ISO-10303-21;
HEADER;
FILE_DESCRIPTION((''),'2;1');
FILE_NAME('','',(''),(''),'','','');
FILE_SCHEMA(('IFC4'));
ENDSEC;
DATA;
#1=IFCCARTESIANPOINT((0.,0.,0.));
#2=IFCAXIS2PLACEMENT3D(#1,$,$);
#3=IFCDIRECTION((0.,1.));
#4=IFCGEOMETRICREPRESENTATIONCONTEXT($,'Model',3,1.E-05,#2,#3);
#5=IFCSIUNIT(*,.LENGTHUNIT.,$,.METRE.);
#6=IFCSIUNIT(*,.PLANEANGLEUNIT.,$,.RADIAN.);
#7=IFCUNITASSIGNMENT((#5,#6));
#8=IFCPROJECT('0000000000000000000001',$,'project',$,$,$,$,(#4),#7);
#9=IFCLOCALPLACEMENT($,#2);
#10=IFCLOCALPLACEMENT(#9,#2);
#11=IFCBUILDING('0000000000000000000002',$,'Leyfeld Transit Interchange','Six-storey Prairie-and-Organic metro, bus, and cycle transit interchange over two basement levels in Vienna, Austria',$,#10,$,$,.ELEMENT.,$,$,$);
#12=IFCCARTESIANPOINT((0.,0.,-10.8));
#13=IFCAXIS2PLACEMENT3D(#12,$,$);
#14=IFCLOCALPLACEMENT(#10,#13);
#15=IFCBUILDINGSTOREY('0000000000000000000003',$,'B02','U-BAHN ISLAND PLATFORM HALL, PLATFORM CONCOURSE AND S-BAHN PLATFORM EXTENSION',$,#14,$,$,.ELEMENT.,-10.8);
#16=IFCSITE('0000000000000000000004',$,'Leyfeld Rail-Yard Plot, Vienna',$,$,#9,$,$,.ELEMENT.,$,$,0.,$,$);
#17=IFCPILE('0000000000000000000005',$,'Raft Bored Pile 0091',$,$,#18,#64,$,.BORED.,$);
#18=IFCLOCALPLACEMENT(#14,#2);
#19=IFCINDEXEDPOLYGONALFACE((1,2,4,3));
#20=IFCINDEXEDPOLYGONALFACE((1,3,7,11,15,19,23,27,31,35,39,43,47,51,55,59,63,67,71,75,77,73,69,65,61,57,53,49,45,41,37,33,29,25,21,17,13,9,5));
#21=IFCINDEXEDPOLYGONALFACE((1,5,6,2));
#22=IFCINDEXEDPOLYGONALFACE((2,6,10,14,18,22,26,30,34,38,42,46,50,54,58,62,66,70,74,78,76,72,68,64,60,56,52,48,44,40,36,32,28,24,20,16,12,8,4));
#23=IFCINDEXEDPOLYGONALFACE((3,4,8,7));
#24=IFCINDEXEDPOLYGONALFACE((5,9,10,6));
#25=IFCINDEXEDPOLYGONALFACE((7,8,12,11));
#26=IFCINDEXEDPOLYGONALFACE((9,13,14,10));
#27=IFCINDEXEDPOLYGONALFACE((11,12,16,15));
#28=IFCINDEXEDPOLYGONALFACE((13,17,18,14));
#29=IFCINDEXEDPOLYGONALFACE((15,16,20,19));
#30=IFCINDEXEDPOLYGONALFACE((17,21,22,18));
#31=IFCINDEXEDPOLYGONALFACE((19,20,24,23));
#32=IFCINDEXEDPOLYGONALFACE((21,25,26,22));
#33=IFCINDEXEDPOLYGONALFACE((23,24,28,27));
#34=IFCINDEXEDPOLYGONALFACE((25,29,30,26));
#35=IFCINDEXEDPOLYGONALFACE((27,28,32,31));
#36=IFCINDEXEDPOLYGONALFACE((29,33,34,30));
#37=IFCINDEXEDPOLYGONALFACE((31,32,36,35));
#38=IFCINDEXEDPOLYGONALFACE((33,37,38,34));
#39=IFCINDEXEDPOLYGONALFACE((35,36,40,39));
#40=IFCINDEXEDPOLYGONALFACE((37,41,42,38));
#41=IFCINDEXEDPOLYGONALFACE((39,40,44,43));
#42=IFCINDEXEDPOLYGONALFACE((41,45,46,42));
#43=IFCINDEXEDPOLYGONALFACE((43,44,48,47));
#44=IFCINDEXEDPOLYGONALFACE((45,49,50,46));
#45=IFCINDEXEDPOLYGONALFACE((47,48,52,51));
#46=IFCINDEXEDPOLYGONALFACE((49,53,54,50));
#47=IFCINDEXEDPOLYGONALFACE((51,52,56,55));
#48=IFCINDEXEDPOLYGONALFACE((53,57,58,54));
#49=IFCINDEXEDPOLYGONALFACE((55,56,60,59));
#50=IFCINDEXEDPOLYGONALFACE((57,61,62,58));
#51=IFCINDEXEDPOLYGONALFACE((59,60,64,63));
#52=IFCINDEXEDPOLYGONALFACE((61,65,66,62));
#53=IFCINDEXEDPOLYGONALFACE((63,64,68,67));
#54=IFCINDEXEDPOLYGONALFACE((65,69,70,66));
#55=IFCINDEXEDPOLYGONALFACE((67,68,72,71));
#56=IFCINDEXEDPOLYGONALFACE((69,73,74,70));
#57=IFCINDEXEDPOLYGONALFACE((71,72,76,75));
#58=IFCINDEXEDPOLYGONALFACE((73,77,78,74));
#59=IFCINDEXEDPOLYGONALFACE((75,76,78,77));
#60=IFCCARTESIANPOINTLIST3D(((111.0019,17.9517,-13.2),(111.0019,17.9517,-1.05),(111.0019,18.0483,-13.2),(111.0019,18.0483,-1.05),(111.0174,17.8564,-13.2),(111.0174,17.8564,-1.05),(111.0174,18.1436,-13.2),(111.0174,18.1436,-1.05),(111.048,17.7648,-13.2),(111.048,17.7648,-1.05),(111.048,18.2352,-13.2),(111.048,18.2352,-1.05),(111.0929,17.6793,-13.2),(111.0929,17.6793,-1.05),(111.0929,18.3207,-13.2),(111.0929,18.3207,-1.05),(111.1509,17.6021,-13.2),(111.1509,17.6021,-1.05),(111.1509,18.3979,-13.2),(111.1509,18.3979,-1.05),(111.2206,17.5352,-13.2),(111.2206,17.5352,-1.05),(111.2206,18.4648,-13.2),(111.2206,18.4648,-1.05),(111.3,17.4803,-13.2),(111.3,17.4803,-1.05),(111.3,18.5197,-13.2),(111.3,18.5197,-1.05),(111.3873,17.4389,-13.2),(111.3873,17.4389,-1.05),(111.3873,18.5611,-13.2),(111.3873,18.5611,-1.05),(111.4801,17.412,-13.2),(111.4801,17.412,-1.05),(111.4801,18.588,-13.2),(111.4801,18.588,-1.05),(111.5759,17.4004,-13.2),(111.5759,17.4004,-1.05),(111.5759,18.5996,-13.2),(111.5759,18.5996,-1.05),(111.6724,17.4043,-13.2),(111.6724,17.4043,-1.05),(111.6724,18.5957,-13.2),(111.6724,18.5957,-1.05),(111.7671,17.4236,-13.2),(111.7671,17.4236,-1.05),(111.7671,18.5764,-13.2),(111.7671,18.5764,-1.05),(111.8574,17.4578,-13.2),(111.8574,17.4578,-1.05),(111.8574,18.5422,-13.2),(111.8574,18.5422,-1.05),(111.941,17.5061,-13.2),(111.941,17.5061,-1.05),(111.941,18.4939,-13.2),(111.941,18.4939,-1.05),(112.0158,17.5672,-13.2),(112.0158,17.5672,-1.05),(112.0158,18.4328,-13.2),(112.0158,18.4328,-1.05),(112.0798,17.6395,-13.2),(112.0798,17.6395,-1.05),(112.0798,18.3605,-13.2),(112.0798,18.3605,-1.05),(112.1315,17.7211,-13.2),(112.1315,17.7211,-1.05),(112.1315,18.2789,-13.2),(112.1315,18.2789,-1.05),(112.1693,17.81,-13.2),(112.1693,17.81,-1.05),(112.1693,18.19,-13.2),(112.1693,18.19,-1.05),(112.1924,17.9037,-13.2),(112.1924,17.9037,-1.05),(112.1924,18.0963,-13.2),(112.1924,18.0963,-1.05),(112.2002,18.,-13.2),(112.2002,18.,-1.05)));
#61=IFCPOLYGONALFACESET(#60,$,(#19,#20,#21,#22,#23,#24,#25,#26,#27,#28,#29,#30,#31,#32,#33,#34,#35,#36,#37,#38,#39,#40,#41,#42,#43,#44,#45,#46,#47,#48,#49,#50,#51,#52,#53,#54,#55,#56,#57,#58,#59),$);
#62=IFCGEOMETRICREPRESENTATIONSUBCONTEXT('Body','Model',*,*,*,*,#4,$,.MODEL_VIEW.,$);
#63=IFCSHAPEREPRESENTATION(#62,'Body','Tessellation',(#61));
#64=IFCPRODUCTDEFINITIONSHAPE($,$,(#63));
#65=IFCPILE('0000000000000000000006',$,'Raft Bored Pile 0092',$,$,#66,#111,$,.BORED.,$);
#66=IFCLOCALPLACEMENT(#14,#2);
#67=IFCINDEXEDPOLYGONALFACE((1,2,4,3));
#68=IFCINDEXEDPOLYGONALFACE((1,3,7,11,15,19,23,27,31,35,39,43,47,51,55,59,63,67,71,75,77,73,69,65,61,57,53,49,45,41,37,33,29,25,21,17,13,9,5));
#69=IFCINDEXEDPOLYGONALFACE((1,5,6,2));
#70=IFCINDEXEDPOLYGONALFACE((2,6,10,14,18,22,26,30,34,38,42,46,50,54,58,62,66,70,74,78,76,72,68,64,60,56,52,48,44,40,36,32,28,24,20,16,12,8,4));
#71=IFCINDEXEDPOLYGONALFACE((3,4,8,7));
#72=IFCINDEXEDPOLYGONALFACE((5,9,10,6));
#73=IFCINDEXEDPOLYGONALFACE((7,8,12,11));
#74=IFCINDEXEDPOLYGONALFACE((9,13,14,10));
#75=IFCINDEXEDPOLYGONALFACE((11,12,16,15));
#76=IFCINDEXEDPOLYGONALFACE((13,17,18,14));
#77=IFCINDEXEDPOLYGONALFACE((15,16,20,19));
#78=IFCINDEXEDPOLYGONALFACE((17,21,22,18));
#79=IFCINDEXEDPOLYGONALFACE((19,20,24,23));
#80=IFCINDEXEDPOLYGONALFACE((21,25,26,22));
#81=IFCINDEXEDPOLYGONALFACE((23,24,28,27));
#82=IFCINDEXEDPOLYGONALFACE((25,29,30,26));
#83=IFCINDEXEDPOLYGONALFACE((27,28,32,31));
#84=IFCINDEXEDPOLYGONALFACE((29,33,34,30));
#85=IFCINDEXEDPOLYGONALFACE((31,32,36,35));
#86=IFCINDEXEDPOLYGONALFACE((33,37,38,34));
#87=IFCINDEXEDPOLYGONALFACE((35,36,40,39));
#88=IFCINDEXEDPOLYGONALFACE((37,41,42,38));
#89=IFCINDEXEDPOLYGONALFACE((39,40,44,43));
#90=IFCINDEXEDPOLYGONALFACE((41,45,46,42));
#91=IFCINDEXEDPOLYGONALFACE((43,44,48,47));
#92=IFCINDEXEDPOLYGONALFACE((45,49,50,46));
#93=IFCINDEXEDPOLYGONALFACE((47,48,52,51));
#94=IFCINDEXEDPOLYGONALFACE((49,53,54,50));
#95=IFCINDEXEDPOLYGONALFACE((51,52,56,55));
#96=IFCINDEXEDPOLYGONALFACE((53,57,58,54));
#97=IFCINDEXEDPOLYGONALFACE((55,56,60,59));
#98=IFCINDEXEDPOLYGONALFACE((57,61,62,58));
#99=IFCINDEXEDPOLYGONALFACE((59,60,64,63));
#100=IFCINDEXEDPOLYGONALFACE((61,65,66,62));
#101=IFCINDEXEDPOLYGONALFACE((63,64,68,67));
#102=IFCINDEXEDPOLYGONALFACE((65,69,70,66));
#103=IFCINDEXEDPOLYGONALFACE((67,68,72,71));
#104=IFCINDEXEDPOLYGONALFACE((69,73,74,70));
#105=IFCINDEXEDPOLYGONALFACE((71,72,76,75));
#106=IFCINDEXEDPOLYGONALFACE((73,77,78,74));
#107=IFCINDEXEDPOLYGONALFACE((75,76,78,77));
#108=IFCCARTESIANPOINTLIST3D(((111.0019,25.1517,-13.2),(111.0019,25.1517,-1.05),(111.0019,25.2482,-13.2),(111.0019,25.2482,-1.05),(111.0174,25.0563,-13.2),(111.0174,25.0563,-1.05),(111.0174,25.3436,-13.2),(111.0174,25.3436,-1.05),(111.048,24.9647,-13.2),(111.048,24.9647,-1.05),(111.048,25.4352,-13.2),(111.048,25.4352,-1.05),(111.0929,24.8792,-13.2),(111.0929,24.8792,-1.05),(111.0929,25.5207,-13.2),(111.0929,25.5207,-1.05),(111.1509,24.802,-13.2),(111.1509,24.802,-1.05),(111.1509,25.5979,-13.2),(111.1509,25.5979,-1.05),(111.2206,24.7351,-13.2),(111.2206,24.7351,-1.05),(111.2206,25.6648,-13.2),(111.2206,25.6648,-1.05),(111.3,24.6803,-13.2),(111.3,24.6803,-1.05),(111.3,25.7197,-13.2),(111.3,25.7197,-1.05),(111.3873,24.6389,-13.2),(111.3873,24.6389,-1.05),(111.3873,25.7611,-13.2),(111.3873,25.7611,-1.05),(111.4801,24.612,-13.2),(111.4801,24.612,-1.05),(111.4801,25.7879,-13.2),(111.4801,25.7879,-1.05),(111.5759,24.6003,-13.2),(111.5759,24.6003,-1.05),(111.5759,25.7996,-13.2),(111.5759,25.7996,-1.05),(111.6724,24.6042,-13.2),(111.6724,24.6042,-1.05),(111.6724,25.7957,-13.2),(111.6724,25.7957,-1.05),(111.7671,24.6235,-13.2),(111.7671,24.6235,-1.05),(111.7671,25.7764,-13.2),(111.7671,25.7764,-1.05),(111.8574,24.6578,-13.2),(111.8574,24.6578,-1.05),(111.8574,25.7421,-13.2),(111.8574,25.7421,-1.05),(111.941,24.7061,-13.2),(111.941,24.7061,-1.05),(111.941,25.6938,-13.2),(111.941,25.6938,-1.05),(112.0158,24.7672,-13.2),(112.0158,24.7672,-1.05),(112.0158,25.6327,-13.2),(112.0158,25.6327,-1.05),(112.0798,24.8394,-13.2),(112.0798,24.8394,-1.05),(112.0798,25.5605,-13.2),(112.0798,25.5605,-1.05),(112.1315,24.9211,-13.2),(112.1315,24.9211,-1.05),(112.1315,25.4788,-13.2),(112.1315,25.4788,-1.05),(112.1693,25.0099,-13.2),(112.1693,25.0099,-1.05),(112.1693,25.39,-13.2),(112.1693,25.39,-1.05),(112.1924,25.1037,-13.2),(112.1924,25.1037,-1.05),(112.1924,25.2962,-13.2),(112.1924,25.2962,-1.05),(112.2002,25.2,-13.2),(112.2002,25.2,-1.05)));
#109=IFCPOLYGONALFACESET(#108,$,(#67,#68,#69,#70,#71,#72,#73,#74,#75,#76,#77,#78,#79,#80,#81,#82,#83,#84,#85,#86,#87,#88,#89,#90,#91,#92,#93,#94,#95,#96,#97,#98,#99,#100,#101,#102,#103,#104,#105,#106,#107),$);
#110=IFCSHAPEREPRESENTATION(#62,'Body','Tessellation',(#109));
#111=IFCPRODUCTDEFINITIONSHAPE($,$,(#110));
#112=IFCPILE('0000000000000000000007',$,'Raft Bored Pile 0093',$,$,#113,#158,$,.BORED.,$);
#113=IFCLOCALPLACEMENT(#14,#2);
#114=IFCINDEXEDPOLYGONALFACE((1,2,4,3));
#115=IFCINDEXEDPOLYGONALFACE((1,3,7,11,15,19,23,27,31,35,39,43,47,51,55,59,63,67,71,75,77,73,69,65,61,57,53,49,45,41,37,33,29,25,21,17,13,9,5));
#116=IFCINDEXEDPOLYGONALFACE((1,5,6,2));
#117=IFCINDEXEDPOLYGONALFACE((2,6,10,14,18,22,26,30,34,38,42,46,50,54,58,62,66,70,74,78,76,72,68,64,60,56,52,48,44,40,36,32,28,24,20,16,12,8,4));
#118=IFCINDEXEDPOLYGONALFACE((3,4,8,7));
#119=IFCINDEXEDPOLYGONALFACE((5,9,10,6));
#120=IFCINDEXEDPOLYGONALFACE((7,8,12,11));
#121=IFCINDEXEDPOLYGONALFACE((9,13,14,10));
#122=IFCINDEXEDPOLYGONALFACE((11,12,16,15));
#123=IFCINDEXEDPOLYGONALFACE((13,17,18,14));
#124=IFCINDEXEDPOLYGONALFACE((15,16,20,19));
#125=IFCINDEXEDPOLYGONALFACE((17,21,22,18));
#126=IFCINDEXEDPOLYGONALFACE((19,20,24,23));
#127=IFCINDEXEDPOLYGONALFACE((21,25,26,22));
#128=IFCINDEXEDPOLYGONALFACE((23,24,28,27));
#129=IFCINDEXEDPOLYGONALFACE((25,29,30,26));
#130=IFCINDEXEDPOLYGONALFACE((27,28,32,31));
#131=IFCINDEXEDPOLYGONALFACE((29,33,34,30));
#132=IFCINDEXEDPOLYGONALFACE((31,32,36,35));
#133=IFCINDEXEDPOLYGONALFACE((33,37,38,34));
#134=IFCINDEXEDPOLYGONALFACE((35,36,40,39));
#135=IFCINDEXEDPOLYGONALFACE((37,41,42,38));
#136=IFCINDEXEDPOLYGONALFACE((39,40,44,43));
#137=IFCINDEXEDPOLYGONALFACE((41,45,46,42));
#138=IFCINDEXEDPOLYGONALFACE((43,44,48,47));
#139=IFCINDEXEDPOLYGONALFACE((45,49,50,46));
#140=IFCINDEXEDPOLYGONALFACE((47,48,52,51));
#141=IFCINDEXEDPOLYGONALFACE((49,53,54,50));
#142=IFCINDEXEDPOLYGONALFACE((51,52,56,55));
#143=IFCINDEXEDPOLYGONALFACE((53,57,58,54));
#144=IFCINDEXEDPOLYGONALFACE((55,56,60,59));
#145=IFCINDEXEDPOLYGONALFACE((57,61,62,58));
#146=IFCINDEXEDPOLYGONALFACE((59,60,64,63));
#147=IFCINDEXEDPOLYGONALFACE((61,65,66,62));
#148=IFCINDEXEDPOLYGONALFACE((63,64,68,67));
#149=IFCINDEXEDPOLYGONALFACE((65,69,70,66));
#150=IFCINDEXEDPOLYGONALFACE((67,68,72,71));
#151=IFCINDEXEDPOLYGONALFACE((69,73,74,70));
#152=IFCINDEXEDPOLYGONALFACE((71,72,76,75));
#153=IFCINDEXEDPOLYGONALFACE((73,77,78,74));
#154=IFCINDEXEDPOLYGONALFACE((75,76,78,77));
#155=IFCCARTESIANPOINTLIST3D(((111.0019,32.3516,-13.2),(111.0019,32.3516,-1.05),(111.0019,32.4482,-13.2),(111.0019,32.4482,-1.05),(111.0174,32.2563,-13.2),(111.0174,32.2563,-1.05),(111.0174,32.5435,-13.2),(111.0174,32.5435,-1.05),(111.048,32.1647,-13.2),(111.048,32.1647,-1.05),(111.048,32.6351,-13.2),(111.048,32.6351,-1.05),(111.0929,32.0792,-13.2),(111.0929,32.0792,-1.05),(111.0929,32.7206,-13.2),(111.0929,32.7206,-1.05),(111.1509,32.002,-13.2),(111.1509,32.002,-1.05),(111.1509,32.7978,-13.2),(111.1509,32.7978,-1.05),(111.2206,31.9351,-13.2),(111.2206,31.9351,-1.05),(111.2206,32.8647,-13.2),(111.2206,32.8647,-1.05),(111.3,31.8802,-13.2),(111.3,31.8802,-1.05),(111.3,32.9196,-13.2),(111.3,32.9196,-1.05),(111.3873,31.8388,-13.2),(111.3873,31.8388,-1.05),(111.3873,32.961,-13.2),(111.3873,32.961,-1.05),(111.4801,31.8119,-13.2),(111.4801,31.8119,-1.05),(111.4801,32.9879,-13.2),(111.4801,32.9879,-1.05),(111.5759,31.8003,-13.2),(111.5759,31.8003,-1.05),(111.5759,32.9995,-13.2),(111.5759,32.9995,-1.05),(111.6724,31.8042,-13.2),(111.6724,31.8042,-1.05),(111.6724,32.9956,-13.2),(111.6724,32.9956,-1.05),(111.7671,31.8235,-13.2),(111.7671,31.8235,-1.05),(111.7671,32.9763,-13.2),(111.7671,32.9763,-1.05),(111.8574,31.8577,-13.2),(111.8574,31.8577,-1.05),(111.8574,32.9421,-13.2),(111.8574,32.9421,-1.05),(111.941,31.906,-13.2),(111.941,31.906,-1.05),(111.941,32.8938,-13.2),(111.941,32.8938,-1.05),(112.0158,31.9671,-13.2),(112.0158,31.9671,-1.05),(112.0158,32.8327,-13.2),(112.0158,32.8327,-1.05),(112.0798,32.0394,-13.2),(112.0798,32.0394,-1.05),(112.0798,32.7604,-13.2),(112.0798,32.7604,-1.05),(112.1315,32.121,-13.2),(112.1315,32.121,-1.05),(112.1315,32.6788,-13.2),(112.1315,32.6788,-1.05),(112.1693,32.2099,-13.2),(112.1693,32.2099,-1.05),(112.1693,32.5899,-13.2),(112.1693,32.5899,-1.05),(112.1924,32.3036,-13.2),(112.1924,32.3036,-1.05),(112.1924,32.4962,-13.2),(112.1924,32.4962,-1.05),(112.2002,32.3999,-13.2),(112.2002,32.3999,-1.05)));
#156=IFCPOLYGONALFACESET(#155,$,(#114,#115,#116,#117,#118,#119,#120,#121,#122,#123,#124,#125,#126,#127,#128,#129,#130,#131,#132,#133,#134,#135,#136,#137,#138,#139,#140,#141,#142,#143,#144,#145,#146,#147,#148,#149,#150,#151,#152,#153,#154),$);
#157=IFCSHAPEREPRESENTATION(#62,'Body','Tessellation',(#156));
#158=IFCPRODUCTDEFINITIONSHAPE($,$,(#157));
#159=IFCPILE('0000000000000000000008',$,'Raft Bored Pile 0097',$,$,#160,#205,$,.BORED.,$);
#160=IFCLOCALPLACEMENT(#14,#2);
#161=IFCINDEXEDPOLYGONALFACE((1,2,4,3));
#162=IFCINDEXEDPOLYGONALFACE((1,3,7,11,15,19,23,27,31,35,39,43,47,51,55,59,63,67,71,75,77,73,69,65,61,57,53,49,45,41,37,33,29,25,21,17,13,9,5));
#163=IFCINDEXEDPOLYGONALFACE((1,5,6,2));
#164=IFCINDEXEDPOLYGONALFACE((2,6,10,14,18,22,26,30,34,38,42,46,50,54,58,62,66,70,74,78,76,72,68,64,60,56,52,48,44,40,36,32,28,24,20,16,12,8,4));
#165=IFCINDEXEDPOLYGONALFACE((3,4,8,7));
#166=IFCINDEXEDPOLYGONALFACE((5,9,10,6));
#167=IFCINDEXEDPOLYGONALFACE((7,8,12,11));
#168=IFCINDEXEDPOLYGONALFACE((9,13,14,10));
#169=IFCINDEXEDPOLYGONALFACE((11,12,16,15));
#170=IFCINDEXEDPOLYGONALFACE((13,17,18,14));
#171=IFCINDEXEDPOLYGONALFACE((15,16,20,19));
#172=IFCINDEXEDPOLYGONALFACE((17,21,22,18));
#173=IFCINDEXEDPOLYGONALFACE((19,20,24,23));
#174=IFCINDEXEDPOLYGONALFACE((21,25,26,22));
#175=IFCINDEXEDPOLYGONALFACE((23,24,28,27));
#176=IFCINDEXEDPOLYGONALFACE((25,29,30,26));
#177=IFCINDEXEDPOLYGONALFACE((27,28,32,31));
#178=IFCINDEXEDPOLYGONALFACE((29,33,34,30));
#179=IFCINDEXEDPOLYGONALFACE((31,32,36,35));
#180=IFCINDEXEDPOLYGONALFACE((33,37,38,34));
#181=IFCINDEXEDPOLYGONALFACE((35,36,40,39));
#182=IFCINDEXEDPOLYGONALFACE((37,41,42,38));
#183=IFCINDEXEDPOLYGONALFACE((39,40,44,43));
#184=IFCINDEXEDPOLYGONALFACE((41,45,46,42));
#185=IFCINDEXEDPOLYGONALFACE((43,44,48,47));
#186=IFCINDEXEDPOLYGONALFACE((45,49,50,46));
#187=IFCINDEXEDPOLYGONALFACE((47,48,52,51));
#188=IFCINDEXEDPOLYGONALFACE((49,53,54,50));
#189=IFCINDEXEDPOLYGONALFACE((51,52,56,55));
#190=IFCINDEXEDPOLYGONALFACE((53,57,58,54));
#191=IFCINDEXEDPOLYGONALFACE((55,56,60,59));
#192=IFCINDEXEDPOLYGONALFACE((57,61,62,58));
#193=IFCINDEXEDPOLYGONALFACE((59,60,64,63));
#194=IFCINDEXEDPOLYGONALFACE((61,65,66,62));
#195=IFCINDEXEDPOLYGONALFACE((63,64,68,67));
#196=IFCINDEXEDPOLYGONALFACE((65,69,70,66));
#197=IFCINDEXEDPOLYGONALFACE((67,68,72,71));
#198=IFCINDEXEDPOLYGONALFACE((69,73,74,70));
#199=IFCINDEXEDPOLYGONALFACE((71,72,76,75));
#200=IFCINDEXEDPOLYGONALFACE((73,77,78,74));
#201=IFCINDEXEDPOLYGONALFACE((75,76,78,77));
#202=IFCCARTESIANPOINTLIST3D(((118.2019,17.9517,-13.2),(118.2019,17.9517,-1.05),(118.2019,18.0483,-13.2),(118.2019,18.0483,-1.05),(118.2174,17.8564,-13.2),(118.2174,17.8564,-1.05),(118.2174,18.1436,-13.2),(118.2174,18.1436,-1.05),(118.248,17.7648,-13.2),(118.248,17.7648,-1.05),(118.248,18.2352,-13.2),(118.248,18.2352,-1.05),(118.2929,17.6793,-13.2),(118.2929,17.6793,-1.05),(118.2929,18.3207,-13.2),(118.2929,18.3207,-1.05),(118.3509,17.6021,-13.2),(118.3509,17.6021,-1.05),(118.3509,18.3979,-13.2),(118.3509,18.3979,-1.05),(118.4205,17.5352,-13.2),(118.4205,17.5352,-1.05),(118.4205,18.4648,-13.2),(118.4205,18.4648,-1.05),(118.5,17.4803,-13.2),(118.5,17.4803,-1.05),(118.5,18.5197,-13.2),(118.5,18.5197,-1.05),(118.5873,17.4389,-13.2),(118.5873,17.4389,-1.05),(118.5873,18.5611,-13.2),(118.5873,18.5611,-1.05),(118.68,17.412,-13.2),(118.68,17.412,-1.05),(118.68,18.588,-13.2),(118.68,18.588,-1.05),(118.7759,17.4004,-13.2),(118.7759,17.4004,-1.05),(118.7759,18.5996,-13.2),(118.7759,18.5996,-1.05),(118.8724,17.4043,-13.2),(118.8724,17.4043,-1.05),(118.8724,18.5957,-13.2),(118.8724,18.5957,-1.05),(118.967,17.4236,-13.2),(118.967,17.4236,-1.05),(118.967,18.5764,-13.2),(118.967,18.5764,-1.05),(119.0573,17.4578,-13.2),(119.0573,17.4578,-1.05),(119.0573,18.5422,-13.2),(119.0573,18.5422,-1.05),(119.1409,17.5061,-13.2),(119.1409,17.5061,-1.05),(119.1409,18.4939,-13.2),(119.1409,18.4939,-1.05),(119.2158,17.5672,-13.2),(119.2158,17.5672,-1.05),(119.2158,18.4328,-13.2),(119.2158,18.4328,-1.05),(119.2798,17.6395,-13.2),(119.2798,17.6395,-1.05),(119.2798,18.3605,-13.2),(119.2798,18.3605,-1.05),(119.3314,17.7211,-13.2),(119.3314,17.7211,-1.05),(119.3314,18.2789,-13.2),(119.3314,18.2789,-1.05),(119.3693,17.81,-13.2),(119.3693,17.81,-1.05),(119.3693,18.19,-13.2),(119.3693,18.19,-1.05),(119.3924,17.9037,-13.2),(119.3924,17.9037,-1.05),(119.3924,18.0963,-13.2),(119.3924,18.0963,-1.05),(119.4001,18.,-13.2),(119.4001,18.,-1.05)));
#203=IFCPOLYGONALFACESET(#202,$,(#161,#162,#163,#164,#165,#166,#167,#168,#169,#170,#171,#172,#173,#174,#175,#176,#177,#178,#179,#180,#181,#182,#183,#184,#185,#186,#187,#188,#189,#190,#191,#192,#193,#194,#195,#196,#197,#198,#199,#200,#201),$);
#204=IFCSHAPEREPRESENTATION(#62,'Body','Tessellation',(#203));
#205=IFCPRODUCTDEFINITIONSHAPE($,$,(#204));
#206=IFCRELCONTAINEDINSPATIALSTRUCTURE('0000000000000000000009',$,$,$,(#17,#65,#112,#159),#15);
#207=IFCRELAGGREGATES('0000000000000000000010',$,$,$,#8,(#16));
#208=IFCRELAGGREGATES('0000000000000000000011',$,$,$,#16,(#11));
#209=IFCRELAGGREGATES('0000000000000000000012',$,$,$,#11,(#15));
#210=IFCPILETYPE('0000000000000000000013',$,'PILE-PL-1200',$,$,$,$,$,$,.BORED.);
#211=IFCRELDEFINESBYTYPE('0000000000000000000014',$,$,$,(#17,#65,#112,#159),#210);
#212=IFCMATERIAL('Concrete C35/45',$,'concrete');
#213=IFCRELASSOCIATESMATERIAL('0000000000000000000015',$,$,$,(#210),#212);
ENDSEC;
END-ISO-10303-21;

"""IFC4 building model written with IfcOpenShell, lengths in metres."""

from ifc_helpers import new_model, si_unit, direction, frame, origin, origin_2d, place, context, subcontext, project, spatial, circle, extrude, material, material_profile, profile_set, type_object, element, save


model = new_model("IFC4")

# Units and contexts
model_context = context("Model", 3, precision=1e-05, world=origin(), true_north=direction((0.0, 1.0)))
body_context = subcontext(model_context, "Body", "Model", "MODEL_VIEW")
ifc_project = project(units=[si_unit("LENGTHUNIT", "METRE"), si_unit("PLANEANGLEUNIT", "RADIAN")], contexts=[model_context])

# Site, building, storey
site_placement = place(None, origin())
site = spatial("IfcSite", under=ifc_project, at=site_placement, Name="Leyfeld Rail-Yard Plot, Vienna", CompositionType="ELEMENT", RefElevation=0.0)
building_placement = place(site_placement, origin())
building = spatial("IfcBuilding", under=site, at=building_placement, Name="Leyfeld Transit Interchange", Description="Six-storey Prairie-and-Organic metro, bus, and cycle transit interchange over two basement levels in Vienna, Austria", CompositionType="ELEMENT")
storey_placement = place(building_placement, frame((0.0, 0.0, -10.8)))
storey = spatial("IfcBuildingStorey", under=building, at=storey_placement, Name="B02", Description="U-BAHN ISLAND PLATFORM HALL, PLATFORM CONCOURSE AND S-BAHN PLATFORM EXTENSION", CompositionType="ELEMENT", Elevation=-10.8)

# Piles
ifc_material = material(Name="Concrete C35/45", Category="concrete")
ifc_material_profile_1 = material_profile(ifc_material, circle(Radius=0.6001, at=origin_2d()), Name="PILE D1200")
ifc_profile_set_1 = profile_set([ifc_material_profile_1], Name="Concrete C35/45")
pile_type = type_object("IfcPileType", Name="PILE-PL-1200", PredefinedType="BORED", material=ifc_profile_set_1)
for number, where, z_axis, x_axis, name in (
    (1, (111.6001, 18.0, -1.05), (0.0, 0.0, -1.0), (1.0, 0.0, 0.0), "Raft Bored Pile 0091"),
    (2, (111.6001, 25.2, -1.05), (0.0, 0.0, -1.0), (1.0, 0.0, 0.0), "Raft Bored Pile 0092"),
    (3, (111.6001, 32.3999, -1.05), (0.0, 0.0, -1.0), (1.0, 0.0, 0.0), "Raft Bored Pile 0093"),
    (4, (118.8, 18.0, -1.05), (0.0, 0.0, -1.0), (1.0, 0.0, 0.0), "Raft Bored Pile 0097"),
):
    element("IfcPile", number, at=place(storey_placement, frame(where, z_axis=z_axis, x_axis=x_axis)), inside=storey, type_object=pile_type, Name=name, PredefinedType="BORED", context=body_context, shape_type="SweptSolid", body=[
        extrude(circle(Radius=0.6001, at=origin_2d()), origin(), (0.0, 0.0, 1.0), 12.1499),
    ])

save(model, "model.ifc")
